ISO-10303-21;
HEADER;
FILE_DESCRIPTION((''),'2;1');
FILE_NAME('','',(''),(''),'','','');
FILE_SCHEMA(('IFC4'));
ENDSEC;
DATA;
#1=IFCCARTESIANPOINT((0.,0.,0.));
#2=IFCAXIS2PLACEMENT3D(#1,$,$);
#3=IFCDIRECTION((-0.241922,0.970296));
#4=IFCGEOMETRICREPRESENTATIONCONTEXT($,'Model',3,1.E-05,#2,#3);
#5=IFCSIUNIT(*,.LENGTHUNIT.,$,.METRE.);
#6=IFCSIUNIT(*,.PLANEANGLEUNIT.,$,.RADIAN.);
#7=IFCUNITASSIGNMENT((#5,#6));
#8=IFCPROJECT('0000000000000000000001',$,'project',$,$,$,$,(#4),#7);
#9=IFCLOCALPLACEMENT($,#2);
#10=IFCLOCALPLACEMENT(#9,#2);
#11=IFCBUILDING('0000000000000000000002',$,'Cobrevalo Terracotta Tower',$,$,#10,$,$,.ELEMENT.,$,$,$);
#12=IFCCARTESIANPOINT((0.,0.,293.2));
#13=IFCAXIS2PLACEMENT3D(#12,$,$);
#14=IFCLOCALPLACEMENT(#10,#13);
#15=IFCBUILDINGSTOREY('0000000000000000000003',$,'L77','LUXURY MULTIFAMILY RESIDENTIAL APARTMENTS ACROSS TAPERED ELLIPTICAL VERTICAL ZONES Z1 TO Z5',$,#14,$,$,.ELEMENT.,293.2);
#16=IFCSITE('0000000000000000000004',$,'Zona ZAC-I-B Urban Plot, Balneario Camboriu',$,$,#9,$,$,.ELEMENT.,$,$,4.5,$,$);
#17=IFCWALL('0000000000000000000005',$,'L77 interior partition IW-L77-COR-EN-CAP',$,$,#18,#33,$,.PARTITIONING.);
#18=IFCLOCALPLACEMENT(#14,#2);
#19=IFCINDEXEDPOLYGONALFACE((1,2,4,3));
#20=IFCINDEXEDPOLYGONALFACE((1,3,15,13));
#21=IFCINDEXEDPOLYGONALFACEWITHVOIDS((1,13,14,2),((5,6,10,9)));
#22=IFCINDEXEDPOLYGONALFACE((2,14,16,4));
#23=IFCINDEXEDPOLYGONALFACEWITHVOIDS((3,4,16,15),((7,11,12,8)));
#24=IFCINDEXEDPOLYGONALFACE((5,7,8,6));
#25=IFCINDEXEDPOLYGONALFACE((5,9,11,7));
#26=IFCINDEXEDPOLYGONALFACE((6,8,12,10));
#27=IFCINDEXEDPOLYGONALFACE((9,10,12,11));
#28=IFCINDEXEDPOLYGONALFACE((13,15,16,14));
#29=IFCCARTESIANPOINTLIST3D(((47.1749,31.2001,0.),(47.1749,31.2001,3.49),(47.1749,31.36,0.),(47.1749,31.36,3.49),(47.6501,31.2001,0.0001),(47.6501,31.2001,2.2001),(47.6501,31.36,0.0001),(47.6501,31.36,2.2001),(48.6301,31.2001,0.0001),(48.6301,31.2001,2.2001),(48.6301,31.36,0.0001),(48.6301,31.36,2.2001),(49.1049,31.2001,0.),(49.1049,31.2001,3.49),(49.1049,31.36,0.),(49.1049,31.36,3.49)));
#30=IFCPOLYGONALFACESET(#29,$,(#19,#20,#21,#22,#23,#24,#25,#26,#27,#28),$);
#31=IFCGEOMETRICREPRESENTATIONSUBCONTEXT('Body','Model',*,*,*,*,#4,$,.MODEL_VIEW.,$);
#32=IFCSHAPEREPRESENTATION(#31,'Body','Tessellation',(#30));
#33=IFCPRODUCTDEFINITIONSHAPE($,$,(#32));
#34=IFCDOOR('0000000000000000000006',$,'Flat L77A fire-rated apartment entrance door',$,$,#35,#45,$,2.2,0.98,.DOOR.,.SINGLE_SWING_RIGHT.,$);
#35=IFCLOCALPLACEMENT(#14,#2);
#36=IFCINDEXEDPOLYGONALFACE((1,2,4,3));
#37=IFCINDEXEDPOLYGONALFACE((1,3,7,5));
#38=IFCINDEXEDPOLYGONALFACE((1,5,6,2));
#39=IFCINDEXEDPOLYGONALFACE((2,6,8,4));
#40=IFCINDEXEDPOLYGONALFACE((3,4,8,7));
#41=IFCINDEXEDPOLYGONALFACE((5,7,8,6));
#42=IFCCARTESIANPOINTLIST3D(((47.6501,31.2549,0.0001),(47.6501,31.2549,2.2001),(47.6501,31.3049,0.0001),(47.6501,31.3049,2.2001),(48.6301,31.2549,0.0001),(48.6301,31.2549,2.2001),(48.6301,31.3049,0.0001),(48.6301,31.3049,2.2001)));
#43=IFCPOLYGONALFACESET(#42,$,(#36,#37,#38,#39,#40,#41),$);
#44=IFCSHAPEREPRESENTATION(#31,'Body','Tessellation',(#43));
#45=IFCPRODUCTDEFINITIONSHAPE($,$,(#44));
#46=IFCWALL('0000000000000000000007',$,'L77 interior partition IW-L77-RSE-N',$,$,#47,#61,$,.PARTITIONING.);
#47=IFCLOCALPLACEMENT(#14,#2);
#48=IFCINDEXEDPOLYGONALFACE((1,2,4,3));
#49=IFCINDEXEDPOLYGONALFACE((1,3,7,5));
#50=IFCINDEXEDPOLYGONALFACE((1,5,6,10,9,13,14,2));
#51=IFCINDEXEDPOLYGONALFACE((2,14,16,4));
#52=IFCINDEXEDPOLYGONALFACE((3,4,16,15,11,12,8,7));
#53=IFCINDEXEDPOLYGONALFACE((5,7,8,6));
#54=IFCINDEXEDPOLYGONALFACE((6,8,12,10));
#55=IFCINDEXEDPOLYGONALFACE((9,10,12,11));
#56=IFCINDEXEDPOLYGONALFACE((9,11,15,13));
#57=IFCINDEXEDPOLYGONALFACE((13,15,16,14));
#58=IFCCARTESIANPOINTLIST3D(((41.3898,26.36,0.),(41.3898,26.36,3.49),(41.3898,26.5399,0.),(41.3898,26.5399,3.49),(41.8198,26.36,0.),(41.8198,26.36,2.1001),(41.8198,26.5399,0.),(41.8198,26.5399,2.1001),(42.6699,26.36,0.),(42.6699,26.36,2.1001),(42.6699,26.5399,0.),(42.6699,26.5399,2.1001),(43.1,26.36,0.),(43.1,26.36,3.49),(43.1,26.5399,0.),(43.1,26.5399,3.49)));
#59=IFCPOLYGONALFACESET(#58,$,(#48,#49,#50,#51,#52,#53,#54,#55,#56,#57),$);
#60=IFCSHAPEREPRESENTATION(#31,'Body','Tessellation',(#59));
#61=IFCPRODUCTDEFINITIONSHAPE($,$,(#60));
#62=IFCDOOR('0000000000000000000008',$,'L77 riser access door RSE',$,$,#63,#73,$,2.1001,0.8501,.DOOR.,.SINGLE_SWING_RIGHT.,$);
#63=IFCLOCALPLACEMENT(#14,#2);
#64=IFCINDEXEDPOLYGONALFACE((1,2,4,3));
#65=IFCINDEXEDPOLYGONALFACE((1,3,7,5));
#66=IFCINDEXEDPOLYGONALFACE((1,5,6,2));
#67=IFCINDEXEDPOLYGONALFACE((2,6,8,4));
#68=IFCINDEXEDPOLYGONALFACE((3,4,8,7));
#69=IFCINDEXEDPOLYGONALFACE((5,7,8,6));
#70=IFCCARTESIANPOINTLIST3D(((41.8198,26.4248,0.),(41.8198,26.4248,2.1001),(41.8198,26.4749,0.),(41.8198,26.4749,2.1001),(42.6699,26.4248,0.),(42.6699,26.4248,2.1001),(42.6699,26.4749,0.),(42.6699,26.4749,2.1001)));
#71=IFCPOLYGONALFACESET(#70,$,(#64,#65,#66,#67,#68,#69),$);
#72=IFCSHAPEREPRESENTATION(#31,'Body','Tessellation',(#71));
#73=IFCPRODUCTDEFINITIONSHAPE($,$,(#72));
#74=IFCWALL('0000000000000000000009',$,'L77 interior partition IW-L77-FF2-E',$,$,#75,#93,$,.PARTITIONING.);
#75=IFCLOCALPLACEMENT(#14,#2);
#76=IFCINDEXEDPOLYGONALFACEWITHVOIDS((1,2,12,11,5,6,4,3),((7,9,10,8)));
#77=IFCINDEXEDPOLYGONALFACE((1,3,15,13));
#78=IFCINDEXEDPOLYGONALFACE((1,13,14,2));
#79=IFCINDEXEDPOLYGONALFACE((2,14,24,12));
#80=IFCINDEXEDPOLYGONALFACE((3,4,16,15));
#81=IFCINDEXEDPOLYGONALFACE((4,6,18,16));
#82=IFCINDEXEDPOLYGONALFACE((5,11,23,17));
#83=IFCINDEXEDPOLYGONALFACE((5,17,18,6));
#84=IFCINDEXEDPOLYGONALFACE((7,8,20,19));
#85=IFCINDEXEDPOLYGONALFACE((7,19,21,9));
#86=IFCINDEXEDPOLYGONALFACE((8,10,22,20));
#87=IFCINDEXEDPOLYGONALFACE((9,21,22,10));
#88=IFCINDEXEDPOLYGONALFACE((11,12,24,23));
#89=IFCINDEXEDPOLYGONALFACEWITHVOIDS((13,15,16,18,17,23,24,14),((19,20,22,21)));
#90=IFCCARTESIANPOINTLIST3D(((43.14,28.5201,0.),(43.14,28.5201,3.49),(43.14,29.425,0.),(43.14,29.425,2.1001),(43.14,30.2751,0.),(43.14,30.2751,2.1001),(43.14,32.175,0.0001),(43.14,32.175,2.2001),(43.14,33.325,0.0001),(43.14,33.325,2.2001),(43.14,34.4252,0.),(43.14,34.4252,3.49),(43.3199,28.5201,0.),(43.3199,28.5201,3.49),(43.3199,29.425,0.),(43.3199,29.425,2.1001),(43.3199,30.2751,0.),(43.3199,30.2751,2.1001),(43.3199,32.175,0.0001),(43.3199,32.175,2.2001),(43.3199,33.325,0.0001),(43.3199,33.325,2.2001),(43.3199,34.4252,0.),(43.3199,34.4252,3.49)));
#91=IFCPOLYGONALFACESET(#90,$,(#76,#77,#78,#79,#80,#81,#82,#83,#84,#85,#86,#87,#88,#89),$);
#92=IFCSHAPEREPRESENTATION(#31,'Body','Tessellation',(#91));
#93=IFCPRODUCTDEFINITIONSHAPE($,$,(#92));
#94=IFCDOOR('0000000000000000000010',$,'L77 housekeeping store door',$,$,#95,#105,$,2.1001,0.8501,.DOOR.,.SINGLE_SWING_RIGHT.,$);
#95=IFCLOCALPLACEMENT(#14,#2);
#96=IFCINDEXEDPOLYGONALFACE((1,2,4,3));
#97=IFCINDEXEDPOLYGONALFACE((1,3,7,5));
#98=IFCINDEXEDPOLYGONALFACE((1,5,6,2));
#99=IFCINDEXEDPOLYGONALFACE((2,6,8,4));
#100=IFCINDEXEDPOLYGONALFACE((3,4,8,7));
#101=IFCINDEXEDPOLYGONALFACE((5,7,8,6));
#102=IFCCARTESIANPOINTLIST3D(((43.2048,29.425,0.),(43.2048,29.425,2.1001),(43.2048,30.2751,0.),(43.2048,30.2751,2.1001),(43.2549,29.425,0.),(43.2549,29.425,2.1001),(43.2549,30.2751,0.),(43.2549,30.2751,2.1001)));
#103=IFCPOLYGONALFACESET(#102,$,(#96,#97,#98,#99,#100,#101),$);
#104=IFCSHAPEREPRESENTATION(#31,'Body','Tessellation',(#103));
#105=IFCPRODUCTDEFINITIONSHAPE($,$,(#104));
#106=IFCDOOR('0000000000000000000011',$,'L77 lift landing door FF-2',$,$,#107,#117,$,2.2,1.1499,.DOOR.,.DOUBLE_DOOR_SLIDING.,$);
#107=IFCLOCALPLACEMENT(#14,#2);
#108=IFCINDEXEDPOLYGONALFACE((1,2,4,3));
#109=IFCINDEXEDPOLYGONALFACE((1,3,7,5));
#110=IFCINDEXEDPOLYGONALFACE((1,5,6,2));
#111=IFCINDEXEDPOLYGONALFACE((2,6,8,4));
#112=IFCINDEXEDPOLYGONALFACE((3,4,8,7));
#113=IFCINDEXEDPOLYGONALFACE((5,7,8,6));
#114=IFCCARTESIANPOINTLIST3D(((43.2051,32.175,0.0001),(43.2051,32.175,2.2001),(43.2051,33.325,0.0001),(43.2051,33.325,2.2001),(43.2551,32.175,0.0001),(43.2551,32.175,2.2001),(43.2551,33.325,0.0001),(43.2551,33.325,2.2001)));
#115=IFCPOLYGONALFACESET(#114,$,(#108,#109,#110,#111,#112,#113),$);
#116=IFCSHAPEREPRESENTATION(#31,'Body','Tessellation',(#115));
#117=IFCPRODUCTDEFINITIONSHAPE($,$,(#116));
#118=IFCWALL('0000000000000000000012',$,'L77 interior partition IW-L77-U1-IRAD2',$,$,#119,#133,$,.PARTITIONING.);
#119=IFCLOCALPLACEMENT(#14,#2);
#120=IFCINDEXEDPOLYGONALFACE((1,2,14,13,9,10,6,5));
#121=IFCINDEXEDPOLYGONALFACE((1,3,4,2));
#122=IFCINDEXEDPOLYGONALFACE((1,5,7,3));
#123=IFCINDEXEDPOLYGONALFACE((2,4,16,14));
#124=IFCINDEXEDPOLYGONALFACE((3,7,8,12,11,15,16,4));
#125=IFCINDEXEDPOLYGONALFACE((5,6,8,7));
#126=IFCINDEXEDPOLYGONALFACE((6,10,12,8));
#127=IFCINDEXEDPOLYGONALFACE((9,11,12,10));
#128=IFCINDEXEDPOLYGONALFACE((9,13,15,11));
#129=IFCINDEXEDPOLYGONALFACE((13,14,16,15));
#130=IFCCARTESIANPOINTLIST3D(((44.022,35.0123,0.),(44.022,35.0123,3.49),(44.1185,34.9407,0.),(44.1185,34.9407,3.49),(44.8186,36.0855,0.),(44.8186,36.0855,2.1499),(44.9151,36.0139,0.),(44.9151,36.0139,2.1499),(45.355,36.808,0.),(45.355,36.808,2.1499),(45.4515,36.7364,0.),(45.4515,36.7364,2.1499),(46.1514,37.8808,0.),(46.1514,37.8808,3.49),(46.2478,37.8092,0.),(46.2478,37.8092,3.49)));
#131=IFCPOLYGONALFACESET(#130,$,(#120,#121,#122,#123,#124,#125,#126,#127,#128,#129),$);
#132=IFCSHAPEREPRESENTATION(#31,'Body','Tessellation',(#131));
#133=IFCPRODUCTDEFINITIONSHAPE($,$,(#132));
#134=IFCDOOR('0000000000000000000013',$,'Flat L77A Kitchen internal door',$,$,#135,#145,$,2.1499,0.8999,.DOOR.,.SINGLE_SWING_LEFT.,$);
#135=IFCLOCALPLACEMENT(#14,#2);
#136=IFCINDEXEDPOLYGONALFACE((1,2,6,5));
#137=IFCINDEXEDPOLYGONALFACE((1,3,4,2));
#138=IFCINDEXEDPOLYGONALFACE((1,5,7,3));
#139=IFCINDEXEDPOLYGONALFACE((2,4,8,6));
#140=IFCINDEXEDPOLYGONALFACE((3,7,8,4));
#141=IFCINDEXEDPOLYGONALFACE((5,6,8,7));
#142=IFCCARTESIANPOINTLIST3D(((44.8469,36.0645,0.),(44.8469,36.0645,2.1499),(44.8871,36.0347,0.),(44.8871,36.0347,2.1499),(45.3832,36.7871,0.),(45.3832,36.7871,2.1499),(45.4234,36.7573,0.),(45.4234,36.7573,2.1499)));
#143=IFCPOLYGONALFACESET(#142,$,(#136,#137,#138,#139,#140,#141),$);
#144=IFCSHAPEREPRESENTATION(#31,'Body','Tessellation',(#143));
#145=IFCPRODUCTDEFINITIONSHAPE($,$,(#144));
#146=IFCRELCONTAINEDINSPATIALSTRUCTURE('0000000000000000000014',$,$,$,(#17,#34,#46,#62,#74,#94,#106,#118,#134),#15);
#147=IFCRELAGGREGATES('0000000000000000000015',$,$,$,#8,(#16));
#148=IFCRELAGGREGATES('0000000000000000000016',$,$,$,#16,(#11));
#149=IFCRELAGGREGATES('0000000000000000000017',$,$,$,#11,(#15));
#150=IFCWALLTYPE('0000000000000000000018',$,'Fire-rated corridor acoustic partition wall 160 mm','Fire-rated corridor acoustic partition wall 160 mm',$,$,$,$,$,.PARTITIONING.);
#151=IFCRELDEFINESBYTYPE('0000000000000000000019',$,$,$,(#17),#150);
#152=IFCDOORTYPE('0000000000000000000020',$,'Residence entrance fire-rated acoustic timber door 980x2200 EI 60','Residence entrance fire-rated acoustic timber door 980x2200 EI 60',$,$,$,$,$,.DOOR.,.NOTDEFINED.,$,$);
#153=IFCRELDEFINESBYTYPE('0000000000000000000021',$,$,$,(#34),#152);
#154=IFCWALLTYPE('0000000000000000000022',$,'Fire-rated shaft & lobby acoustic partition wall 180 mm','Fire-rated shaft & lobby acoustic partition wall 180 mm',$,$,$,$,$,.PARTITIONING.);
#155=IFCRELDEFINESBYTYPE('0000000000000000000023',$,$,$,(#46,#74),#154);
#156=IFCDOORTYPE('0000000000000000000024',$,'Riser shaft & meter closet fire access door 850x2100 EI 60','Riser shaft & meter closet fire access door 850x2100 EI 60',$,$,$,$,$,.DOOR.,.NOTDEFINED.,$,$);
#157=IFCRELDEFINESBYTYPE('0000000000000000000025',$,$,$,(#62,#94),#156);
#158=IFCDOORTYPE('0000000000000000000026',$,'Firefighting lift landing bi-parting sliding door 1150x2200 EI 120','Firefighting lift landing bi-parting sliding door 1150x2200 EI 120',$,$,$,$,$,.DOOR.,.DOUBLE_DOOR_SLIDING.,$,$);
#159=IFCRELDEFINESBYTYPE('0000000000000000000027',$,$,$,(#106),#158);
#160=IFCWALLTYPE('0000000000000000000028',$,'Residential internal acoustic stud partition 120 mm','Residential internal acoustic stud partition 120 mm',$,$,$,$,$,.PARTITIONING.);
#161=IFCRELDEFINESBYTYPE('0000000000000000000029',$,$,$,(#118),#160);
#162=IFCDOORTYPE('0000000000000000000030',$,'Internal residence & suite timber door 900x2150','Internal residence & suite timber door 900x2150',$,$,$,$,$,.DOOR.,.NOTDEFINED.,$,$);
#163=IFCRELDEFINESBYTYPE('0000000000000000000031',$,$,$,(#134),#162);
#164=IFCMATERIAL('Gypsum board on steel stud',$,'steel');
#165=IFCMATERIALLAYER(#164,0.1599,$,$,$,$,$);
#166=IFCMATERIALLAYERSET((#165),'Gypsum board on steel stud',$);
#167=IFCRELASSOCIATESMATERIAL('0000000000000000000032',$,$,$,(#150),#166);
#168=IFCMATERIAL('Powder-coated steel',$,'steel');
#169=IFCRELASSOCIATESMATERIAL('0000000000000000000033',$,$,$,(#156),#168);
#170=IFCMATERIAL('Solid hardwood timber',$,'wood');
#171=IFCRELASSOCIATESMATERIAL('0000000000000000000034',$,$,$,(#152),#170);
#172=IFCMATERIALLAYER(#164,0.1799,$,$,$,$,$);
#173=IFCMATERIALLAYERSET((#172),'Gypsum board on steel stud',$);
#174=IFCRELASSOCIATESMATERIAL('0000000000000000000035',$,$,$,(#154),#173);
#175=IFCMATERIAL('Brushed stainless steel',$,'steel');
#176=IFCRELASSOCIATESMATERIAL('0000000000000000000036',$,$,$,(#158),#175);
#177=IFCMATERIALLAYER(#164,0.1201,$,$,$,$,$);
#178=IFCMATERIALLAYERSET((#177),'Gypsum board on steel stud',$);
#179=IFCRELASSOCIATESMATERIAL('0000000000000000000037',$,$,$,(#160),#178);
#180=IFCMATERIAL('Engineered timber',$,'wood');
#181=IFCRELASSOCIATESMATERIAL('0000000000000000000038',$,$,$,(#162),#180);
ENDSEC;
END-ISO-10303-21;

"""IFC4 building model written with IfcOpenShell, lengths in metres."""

from ifc_helpers import new_model, si_unit, direction, frame, frame_2d, origin, place, context, subcontext, project, spatial, rectangle, extrude, source, transform, mapped, material, layer, layer_set, type_object, element, fill, save


model = new_model("IFC4")

# Units and contexts
model_context = context("Model", 3, precision=1e-05, world=origin(), true_north=direction((-0.241922, 0.970296)))
body_context = subcontext(model_context, "Body", "Model", "MODEL_VIEW")
ifc_project = project(units=[si_unit("LENGTHUNIT", "METRE"), si_unit("PLANEANGLEUNIT", "RADIAN")], contexts=[model_context])

# Site, building, storey
site_placement = place(None, origin())
site = spatial("IfcSite", under=ifc_project, at=site_placement, Name="Zona ZAC-I-B Urban Plot, Balneario Camboriu", CompositionType="ELEMENT", RefElevation=4.5)
building_placement = place(site_placement, origin())
building = spatial("IfcBuilding", under=site, at=building_placement, Name="Cobrevalo Terracotta Tower", CompositionType="ELEMENT")
storey_placement = place(building_placement, frame((0.0, 0.0, 293.2)))
storey = spatial("IfcBuildingStorey", under=building, at=storey_placement, Name="L77", Description="LUXURY MULTIFAMILY RESIDENTIAL APARTMENTS ACROSS TAPERED ELLIPTICAL VERTICAL ZONES Z1 TO Z5", CompositionType="ELEMENT", Elevation=293.2)

# Shared definitions
ifc_material_1 = material(Name="Gypsum board on steel stud", Category="steel")
ifc_layer_1 = layer(ifc_material_1, 0.1599)
ifc_layer_set_1 = layer_set([ifc_layer_1], Name="Gypsum board on steel stud")
wall_type_1 = type_object("IfcWallType", Name="Fire-rated corridor acoustic partition wall 160 mm", Description="Fire-rated corridor acoustic partition wall 160 mm", PredefinedType="PARTITIONING", material=ifc_layer_set_1)

# Shared definitions
ifc_material_2 = material(Name="Powder-coated steel", Category="steel")
door_type_1 = type_object("IfcDoorType", Name="Riser shaft & meter closet fire access door 850x2100 EI 60", Description="Riser shaft & meter closet fire access door 850x2100 EI 60", OperationType="NOTDEFINED", PredefinedType="DOOR", material=ifc_material_2)
shared_shape_1 = source(origin(), body_context, "Body", "SweptSolid", [
    extrude(rectangle(XDim=0.8501, YDim=2.1001, at=frame_2d((0.425, 1.05))), frame((0.0, 0.0249, 0.0), z_axis=(0.0, -1.0, 0.0), x_axis=(1.0, 0.0, 0.0)), (0.0, 0.0, 1.0), 0.05),
])

# Shared definitions
ifc_material_3 = material(Name="Brushed stainless steel", Category="steel")

# Walls, openings, doors
wall_1_placement = place(storey_placement, frame((47.175, 31.28, 0.0), z_axis=(0.0, 0.0, 1.0), x_axis=(1.0, 0.0, 0.0)))
wall_1 = element("IfcWall", 1, at=wall_1_placement, inside=storey, type_object=wall_type_1, Name="L77 interior partition IW-L77-COR-EN-CAP", PredefinedType="PARTITIONING", context=body_context, shape_type="SweptSolid", body=[
    extrude(rectangle(XDim=1.9299, YDim=0.1599, at=frame_2d((0.9648, 0.0))), origin(), (0.0, 0.0, 1.0), 3.49),
])
opening_1_placement = place(wall_1_placement, frame((0.4751, 0.0, 0.0)))
opening_1 = element("IfcOpeningElement", 2, at=opening_1_placement, cuts=wall_1, PredefinedType="OPENING", context=body_context, shape_type="SweptSolid", body=[
    extrude(rectangle(XDim=0.98, YDim=2.2, at=frame_2d((0.49, 1.1001))), frame((0.0, 0.0898, 0.0), z_axis=(0.0, -1.0, 0.0), x_axis=(1.0, 0.0, 0.0)), (0.0, 0.0, 1.0), 0.1799),
])
ifc_material_4 = material(Name="Solid hardwood timber", Category="wood")
door_type_2 = type_object("IfcDoorType", Name="Residence entrance fire-rated acoustic timber door 980x2200 EI 60", Description="Residence entrance fire-rated acoustic timber door 980x2200 EI 60", OperationType="NOTDEFINED", PredefinedType="DOOR", material=ifc_material_4)
shared_shape_2 = source(origin(), body_context, "Body", "SweptSolid", [
    extrude(rectangle(XDim=0.98, YDim=2.2, at=frame_2d((0.49, 1.1001))), frame((0.0, 0.0249, 0.0), z_axis=(0.0, -1.0, 0.0), x_axis=(1.0, 0.0, 0.0)), (0.0, 0.0, 1.0), 0.05),
])
door_1_placement = place(opening_1_placement, origin())
door_1 = element("IfcDoor", 3, at=door_1_placement, inside=storey, type_object=door_type_2, Name="Flat L77A fire-rated apartment entrance door", OperationType="SINGLE_SWING_RIGHT", OverallHeight=2.2, OverallWidth=0.98, PredefinedType="DOOR", context=body_context, shape_type="MappedRepresentation", body=[
    mapped(shared_shape_2, transform((0.0, 0.0, 0.0), scale=1.0)),
])
fill(opening_1, door_1)
ifc_layer_2 = layer(ifc_material_1, 0.1799)
ifc_layer_set_2 = layer_set([ifc_layer_2], Name="Gypsum board on steel stud")
wall_type_2 = type_object("IfcWallType", Name="Fire-rated shaft & lobby acoustic partition wall 180 mm", Description="Fire-rated shaft & lobby acoustic partition wall 180 mm", PredefinedType="PARTITIONING", material=ifc_layer_set_2)
wall_2_placement = place(storey_placement, frame((41.3899, 26.45, 0.0), z_axis=(0.0, 0.0, 1.0), x_axis=(1.0, 0.0, 0.0)))
wall_2 = element("IfcWall", 4, at=wall_2_placement, inside=storey, type_object=wall_type_2, Name="L77 interior partition IW-L77-RSE-N", PredefinedType="PARTITIONING", context=body_context, shape_type="SweptSolid", body=[
    extrude(rectangle(XDim=1.7102, YDim=0.1799, at=frame_2d((0.855, 0.0))), origin(), (0.0, 0.0, 1.0), 3.49),
])
opening_2_placement = place(wall_2_placement, frame((0.4299, 0.0, 0.0)))
opening_2 = element("IfcOpeningElement", 5, at=opening_2_placement, cuts=wall_2, PredefinedType="OPENING", context=body_context, shape_type="SweptSolid", body=[
    extrude(rectangle(XDim=0.8501, YDim=2.1001, at=frame_2d((0.425, 1.05))), frame((0.0, 0.1001, 0.0), z_axis=(0.0, -1.0, 0.0), x_axis=(1.0, 0.0, 0.0)), (0.0, 0.0, 1.0), 0.2),
])
door_2_placement = place(opening_2_placement, origin())
door_2 = element("IfcDoor", 6, at=door_2_placement, inside=storey, type_object=door_type_1, Name="L77 riser access door RSE", OperationType="SINGLE_SWING_RIGHT", OverallHeight=2.1001, OverallWidth=0.8501, PredefinedType="DOOR", context=body_context, shape_type="MappedRepresentation", body=[
    mapped(shared_shape_1, transform((0.0, 0.0, 0.0), scale=1.0)),
])
fill(opening_2, door_2)

# Wall, openings, doors
wall_3_placement = place(storey_placement, frame((43.23, 28.52, 0.0), z_axis=(0.0, 0.0, 1.0), x_axis=(0.0, 1.0, 0.0)))
wall_3 = element("IfcWall", 7, at=wall_3_placement, inside=storey, type_object=wall_type_2, Name="L77 interior partition IW-L77-FF2-E", PredefinedType="PARTITIONING", context=body_context, shape_type="SweptSolid", body=[
    extrude(rectangle(XDim=5.905, YDim=0.1799, at=frame_2d((2.9526, 0.0))), origin(), (0.0, 0.0, 1.0), 3.49),
])
opening_3_placement = place(wall_3_placement, frame((0.905, 0.0, 0.0)))
opening_3 = element("IfcOpeningElement", 8, at=opening_3_placement, cuts=wall_3, PredefinedType="OPENING", context=body_context, shape_type="SweptSolid", body=[
    extrude(rectangle(XDim=0.8501, YDim=2.1001, at=frame_2d((0.425, 1.05))), frame((0.0, 0.1001, 0.0), z_axis=(0.0, -1.0, 0.0), x_axis=(1.0, 0.0, 0.0)), (0.0, 0.0, 1.0), 0.2),
])
opening_4_placement = place(wall_3_placement, frame((3.655, 0.0, 0.0)))
opening_4 = element("IfcOpeningElement", 9, at=opening_4_placement, cuts=wall_3, PredefinedType="OPENING", context=body_context, shape_type="SweptSolid", body=[
    extrude(rectangle(XDim=1.1499, YDim=2.2, at=frame_2d((0.575, 1.1001))), frame((0.0, 0.1001, 0.0), z_axis=(0.0, -1.0, 0.0), x_axis=(1.0, 0.0, 0.0)), (0.0, 0.0, 1.0), 0.2),
])
door_3_placement = place(opening_3_placement, frame((0.8501, 0.0, 0.0), z_axis=(0.0, 0.0, 1.0), x_axis=(-1.0, 0.0, 0.0)))
door_3 = element("IfcDoor", 10, at=door_3_placement, inside=storey, type_object=door_type_1, Name="L77 housekeeping store door", OperationType="SINGLE_SWING_RIGHT", OverallHeight=2.1001, OverallWidth=0.8501, PredefinedType="DOOR", context=body_context, shape_type="MappedRepresentation", body=[
    mapped(shared_shape_1, transform((0.0, 0.0, 0.0), scale=1.0)),
])
fill(opening_3, door_3)
door_type_3 = type_object("IfcDoorType", Name="Firefighting lift landing bi-parting sliding door 1150x2200 EI 120", Description="Firefighting lift landing bi-parting sliding door 1150x2200 EI 120", OperationType="DOUBLE_DOOR_SLIDING", PredefinedType="DOOR", material=ifc_material_3)
shared_shape_3 = source(origin(), body_context, "Body", "SweptSolid", [
    extrude(rectangle(XDim=1.1499, YDim=2.2, at=frame_2d((0.575, 1.1001))), frame((0.0, 0.0249, 0.0), z_axis=(0.0, -1.0, 0.0), x_axis=(1.0, 0.0, 0.0)), (0.0, 0.0, 1.0), 0.05),
])
door_4_placement = place(opening_4_placement, origin())
door_4 = element("IfcDoor", 11, at=door_4_placement, inside=storey, type_object=door_type_3, Name="L77 lift landing door FF-2", OperationType="DOUBLE_DOOR_SLIDING", OverallHeight=2.2, OverallWidth=1.1499, PredefinedType="DOOR", context=body_context, shape_type="MappedRepresentation", body=[
    mapped(shared_shape_3, transform((0.0, 0.0, 0.0), scale=1.0)),
])
fill(opening_4, door_4)

# Wall, opening, door
ifc_layer_3 = layer(ifc_material_1, 0.1201)
ifc_layer_set_3 = layer_set([ifc_layer_3], Name="Gypsum board on steel stud")
wall_type_3 = type_object("IfcWallType", Name="Residential internal acoustic stud partition 120 mm", Description="Residential internal acoustic stud partition 120 mm", PredefinedType="PARTITIONING", material=ifc_layer_set_3)
wall_4_placement = place(storey_placement, frame((44.0703, 34.9766, 0.0), z_axis=(0.0, 0.0, 1.0), x_axis=(0.596035, 0.802959, 0.0)))
wall_4 = element("IfcWall", 12, at=wall_4_placement, inside=storey, type_object=wall_type_3, Name="L77 interior partition IW-L77-U1-IRAD2", PredefinedType="PARTITIONING", context=body_context, shape_type="SweptSolid", body=[
    extrude(rectangle(XDim=3.5725, YDim=0.1201, at=frame_2d((1.7861, 0.0))), origin(), (0.0, 0.0, 1.0), 3.49),
])
opening_5_placement = place(wall_4_placement, frame((1.3364, 0.0, 0.0)))
opening_5 = element("IfcOpeningElement", 13, at=opening_5_placement, cuts=wall_4, PredefinedType="OPENING", context=body_context, shape_type="SweptSolid", body=[
    extrude(rectangle(XDim=0.8999, YDim=2.1499, at=frame_2d((0.45, 1.075))), frame((0.0, 0.0701, 0.0), z_axis=(0.0, -1.0, 0.0), x_axis=(1.0, 0.0, 0.0)), (0.0, 0.0, 1.0), 0.1401),
])
ifc_material_5 = material(Name="Engineered timber", Category="wood")
door_type_4 = type_object("IfcDoorType", Name="Internal residence & suite timber door 900x2150", Description="Internal residence & suite timber door 900x2150", OperationType="NOTDEFINED", PredefinedType="DOOR", material=ifc_material_5)
shared_shape_4 = source(origin(), body_context, "Body", "SweptSolid", [
    extrude(rectangle(XDim=0.8999, YDim=2.1499, at=frame_2d((0.45, 1.075))), frame((0.0, 0.0249, 0.0), z_axis=(0.0, -1.0, 0.0), x_axis=(1.0, 0.0, 0.0)), (0.0, 0.0, 1.0), 0.05),
])
door_5_placement = place(opening_5_placement, origin())
door_5 = element("IfcDoor", 14, at=door_5_placement, inside=storey, type_object=door_type_4, Name="Flat L77A Kitchen internal door", OperationType="SINGLE_SWING_LEFT", OverallHeight=2.1499, OverallWidth=0.8999, PredefinedType="DOOR", context=body_context, shape_type="MappedRepresentation", body=[
    mapped(shared_shape_4, transform((0.0, 0.0, 0.0), scale=1.0)),
])
fill(opening_5, door_5)

save(model, "model.ifc")
